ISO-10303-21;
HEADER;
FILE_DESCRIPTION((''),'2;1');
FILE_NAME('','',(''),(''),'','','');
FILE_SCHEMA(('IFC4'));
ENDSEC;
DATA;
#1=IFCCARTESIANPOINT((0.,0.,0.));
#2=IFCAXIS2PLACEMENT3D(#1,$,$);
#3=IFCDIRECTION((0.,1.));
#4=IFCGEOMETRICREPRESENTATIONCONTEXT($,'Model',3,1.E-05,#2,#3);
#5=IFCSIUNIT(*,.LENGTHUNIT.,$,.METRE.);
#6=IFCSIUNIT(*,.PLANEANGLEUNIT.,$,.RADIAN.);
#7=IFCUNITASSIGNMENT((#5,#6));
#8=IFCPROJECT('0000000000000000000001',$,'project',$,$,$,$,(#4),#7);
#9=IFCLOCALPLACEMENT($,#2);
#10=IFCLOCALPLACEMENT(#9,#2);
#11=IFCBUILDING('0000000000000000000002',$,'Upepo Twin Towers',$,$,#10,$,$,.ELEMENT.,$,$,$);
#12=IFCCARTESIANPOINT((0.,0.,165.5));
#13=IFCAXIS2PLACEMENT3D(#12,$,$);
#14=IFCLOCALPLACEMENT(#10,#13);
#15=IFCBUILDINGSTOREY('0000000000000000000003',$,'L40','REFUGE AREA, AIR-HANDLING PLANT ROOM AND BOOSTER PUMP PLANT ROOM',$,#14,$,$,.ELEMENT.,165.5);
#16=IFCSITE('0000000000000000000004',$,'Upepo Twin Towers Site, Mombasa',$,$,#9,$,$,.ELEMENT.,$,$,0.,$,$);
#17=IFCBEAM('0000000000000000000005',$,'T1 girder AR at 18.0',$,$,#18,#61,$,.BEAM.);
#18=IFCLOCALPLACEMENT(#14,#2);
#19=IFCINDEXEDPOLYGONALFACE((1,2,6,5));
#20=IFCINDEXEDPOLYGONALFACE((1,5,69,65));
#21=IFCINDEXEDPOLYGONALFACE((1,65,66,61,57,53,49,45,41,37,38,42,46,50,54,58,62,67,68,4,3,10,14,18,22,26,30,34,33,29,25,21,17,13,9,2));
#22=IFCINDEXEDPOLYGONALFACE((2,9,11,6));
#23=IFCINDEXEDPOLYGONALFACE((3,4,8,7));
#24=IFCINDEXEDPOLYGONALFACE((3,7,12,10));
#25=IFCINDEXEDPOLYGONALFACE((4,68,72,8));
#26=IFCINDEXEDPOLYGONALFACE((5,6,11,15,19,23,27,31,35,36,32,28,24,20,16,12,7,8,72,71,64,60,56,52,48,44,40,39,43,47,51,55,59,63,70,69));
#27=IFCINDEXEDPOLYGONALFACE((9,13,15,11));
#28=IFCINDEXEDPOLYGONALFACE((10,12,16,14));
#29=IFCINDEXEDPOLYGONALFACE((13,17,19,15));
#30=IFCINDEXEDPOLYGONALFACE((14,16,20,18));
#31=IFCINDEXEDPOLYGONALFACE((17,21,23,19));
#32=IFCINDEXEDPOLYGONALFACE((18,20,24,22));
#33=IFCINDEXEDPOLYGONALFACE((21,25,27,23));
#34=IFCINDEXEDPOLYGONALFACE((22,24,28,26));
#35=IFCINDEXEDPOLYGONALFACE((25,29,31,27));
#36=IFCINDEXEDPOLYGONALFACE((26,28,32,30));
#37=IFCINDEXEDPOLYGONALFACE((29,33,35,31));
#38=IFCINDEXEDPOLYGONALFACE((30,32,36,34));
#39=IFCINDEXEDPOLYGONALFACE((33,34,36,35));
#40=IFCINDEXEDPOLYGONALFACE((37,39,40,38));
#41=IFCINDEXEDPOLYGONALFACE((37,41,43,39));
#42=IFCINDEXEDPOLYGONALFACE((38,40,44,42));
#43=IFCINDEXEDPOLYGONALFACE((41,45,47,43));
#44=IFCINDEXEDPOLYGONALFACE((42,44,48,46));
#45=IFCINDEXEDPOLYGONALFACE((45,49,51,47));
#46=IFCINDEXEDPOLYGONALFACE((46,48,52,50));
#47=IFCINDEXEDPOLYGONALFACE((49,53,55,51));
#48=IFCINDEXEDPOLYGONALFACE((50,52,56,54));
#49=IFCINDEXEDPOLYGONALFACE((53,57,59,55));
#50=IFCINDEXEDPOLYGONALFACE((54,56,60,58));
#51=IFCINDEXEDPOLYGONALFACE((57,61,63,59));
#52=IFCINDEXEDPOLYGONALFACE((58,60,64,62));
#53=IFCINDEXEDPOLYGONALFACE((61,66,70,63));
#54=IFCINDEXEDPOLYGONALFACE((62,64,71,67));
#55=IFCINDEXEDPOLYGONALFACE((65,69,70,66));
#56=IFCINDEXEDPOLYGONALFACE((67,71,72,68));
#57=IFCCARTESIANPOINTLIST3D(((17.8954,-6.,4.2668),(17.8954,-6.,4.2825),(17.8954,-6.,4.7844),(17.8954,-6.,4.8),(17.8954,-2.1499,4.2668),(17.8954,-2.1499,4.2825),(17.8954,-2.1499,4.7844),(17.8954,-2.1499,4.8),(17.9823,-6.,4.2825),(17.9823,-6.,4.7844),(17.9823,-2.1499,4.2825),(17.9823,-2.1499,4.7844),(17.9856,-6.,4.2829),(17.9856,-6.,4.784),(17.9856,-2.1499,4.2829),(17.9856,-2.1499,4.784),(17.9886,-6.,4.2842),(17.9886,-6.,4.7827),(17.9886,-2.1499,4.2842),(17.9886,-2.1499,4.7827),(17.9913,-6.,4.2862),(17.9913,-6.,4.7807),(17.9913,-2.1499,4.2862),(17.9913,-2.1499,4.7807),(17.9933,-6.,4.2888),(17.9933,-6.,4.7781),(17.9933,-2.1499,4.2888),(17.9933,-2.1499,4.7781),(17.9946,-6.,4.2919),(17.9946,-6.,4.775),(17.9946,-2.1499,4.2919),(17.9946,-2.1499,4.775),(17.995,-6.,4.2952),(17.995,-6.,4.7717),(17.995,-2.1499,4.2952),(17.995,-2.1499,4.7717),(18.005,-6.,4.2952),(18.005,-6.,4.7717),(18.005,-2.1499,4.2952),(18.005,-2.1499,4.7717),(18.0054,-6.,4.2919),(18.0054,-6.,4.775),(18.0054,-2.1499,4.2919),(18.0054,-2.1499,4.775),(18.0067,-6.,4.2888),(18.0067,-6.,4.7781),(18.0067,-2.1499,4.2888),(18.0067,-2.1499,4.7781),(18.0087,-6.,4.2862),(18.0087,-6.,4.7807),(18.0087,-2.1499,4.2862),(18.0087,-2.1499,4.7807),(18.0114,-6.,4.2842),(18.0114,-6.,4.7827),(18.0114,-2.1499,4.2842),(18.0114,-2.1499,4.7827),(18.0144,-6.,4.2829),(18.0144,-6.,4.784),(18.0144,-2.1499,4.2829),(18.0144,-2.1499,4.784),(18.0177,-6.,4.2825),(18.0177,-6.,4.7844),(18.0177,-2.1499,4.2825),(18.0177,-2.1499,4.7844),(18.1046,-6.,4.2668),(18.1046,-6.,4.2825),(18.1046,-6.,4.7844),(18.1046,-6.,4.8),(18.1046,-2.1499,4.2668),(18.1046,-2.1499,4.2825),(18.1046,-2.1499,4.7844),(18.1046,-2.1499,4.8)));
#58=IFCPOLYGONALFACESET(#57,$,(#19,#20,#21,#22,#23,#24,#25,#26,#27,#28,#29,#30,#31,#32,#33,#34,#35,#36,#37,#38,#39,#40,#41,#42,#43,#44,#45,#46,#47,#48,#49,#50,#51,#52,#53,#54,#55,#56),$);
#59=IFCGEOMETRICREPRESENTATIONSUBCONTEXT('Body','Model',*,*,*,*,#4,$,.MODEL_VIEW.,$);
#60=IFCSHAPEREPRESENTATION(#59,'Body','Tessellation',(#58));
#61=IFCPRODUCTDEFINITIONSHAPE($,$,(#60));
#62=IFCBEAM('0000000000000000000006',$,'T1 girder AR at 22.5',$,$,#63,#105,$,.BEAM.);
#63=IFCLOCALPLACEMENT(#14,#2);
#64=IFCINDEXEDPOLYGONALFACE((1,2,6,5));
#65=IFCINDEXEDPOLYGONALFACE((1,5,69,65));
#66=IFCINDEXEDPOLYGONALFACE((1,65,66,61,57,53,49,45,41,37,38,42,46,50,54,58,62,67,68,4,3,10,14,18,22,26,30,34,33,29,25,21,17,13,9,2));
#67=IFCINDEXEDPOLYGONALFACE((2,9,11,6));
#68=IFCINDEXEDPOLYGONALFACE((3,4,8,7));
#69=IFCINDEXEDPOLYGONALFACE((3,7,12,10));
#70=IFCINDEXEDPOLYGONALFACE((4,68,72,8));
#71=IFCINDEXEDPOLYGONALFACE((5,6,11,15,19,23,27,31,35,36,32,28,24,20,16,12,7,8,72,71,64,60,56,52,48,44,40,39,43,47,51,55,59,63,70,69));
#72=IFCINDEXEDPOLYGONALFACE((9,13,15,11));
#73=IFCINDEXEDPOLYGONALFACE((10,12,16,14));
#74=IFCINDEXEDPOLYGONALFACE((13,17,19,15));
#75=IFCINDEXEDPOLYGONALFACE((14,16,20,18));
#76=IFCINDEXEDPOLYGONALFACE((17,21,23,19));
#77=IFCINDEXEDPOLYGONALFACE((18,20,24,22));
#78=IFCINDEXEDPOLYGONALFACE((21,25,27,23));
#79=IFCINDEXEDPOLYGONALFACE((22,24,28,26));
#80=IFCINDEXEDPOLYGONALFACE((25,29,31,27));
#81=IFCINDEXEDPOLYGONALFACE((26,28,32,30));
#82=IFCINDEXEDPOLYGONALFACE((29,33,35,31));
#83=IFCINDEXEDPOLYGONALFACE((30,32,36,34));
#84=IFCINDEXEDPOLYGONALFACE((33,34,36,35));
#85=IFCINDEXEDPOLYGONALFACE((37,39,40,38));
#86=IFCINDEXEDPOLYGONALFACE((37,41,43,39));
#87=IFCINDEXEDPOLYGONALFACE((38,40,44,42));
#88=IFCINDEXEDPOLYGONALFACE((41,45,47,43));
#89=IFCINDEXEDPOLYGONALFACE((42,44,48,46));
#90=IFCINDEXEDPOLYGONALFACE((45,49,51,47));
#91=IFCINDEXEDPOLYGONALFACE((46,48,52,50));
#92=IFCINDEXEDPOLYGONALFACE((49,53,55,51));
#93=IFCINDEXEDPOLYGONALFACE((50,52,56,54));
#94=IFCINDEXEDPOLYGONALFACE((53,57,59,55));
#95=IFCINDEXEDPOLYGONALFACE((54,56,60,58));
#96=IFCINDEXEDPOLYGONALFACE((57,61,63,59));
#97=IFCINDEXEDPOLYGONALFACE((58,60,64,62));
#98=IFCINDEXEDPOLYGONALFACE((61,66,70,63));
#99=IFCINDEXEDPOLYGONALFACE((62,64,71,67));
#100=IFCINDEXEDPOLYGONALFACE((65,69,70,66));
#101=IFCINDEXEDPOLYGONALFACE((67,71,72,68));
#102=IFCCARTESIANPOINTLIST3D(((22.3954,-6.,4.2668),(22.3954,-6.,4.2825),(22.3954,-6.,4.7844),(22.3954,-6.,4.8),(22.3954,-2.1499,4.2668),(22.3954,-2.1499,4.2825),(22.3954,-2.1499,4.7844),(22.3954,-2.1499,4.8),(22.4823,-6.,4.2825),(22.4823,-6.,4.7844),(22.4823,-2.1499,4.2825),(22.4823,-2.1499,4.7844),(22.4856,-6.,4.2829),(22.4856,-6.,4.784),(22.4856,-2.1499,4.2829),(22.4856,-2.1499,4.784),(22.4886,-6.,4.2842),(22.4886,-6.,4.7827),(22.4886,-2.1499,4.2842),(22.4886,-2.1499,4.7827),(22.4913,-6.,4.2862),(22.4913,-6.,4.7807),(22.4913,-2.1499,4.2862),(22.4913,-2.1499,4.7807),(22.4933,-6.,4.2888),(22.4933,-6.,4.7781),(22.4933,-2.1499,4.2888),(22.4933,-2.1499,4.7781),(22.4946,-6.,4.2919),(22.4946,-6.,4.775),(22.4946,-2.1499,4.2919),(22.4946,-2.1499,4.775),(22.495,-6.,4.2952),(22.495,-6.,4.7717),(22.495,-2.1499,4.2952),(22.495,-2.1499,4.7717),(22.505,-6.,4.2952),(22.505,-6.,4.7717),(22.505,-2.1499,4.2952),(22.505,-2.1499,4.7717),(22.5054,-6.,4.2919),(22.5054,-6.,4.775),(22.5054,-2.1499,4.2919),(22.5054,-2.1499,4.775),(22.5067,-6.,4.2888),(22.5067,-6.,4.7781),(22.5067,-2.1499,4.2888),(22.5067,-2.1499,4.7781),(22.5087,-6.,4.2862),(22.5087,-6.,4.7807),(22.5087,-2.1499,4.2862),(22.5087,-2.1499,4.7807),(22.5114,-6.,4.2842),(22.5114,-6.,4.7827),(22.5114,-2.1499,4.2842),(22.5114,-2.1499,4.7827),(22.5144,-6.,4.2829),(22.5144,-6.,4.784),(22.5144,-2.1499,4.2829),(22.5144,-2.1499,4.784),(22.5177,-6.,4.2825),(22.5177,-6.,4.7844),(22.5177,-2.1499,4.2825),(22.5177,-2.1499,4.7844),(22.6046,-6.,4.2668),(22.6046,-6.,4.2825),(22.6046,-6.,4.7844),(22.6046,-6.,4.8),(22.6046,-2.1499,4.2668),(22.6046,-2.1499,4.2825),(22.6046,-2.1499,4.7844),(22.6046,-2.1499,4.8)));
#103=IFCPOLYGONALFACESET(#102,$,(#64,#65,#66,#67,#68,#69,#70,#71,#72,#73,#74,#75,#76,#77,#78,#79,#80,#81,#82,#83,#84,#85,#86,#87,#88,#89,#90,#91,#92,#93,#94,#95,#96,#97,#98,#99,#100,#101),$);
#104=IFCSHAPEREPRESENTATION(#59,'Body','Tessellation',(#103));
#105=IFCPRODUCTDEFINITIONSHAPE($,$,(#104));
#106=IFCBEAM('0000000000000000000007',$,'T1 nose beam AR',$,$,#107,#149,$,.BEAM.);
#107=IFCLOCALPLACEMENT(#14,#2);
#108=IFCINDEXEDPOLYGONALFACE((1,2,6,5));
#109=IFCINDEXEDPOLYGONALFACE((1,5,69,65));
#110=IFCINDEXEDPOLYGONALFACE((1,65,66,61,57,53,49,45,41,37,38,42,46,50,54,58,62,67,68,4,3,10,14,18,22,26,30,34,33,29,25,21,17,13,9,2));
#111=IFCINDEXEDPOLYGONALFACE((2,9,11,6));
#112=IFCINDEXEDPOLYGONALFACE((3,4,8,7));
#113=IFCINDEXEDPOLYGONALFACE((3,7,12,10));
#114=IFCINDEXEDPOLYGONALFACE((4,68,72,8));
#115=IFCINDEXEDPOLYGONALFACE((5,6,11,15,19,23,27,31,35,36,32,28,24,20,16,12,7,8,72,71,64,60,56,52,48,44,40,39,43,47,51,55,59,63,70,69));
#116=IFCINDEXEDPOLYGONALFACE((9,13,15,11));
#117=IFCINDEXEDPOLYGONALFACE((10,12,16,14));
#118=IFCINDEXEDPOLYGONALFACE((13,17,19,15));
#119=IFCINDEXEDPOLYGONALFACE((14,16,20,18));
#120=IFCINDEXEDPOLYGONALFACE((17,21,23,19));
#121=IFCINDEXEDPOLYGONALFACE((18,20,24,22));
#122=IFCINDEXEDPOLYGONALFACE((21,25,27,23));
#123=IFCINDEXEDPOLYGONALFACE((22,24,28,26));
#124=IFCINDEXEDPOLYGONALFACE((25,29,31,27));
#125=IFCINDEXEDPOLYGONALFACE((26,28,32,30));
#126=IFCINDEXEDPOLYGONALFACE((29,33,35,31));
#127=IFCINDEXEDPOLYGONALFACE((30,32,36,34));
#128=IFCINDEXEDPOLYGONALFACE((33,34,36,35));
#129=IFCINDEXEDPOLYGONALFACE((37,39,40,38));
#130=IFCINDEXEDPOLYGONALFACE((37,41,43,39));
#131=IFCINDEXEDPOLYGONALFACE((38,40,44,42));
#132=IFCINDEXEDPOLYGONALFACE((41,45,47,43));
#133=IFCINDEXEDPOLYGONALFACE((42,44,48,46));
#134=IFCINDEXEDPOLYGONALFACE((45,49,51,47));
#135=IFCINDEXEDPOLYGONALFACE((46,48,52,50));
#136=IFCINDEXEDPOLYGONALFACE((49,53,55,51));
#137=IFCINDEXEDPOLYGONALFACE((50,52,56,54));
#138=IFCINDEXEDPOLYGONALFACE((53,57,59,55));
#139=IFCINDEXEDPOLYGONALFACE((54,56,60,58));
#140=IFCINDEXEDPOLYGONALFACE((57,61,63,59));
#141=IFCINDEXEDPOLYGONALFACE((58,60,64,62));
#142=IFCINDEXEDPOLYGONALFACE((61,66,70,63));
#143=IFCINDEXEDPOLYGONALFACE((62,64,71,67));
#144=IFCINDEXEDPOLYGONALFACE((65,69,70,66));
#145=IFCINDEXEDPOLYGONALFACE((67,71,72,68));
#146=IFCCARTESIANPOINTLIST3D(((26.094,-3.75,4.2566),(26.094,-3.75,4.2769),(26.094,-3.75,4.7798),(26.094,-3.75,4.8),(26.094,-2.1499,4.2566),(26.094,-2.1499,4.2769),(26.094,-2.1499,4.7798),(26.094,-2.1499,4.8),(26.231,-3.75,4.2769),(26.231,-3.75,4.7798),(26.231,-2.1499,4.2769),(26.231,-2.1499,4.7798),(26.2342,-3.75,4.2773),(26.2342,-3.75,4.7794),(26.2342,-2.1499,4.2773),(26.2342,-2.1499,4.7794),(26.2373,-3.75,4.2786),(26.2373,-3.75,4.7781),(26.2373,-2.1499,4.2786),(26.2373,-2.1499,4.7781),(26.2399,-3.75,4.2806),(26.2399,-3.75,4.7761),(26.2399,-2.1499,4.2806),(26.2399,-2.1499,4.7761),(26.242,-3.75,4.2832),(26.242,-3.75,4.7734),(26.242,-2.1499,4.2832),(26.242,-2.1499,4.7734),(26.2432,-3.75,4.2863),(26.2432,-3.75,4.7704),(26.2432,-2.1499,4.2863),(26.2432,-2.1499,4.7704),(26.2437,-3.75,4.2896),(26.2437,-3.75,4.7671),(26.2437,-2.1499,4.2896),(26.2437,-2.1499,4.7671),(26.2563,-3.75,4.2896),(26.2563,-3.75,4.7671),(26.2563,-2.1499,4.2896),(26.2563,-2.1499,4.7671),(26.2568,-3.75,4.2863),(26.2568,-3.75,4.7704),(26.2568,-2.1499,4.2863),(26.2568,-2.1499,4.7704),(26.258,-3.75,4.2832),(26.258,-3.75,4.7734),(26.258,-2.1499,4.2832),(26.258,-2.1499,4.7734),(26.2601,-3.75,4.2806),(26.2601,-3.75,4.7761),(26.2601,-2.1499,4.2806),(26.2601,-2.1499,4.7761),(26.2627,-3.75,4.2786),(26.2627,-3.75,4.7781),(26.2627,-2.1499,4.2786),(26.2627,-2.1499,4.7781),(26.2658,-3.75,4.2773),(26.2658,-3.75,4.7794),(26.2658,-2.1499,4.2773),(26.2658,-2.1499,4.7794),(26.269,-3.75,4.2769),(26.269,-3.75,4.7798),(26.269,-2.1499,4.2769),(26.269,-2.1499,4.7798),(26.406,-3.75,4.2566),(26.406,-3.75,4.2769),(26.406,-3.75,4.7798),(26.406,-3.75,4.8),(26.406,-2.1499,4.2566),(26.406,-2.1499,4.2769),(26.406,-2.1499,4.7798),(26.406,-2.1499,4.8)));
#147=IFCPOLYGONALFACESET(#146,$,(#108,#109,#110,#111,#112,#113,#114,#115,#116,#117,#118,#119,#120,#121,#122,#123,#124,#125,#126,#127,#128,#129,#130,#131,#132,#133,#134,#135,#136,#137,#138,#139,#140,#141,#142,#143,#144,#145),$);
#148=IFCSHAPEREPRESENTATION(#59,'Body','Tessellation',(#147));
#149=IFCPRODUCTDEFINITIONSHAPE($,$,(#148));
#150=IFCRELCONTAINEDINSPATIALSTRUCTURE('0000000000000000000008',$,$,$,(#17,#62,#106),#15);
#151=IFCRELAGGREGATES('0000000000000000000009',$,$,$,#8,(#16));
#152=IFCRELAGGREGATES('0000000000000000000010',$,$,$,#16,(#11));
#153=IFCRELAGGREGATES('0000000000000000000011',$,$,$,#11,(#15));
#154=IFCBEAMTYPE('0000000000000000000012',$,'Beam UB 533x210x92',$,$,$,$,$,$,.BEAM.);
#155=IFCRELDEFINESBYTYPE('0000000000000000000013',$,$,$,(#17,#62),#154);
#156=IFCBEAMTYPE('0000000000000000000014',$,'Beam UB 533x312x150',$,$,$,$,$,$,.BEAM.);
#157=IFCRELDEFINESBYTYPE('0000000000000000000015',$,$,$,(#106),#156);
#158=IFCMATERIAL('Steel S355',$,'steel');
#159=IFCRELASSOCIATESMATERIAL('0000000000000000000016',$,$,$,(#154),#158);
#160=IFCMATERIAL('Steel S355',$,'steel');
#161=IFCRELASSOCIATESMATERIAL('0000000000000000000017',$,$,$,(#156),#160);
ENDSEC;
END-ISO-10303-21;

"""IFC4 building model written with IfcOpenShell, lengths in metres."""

from ifc_helpers import new_model, si_unit, direction, frame, origin, origin_2d, place, context, subcontext, project, spatial, i_section, extrude, material, material_profile, profile_set, type_object, element, save


model = new_model("IFC4")

# Units and contexts
model_context = context("Model", 3, precision=1e-05, world=origin(), true_north=direction((0.0, 1.0)))
body_context = subcontext(model_context, "Body", "Model", "MODEL_VIEW")
ifc_project = project(units=[si_unit("LENGTHUNIT", "METRE"), si_unit("PLANEANGLEUNIT", "RADIAN")], contexts=[model_context])

# Site, building, storey
site_placement = place(None, origin())
site = spatial("IfcSite", under=ifc_project, at=site_placement, Name="Upepo Twin Towers Site, Mombasa", CompositionType="ELEMENT", RefElevation=0.0)
building_placement = place(site_placement, origin())
building = spatial("IfcBuilding", under=site, at=building_placement, Name="Upepo Twin Towers", CompositionType="ELEMENT")
storey_placement = place(building_placement, frame((0.0, 0.0, 165.5)))
storey = spatial("IfcBuildingStorey", under=building, at=storey_placement, Name="L40", Description="REFUGE AREA, AIR-HANDLING PLANT ROOM AND BOOSTER PUMP PLANT ROOM", CompositionType="ELEMENT", Elevation=165.5)

# Beams
ifc_material_1 = material(Name="Steel S355", Category="steel")
ifc_material_profile_1 = material_profile(ifc_material_1, i_section(OverallWidth=0.2092, OverallDepth=0.5332, WebThickness=0.01, FlangeThickness=0.0156, FilletRadius=0.0127, at=origin_2d()), Name="UB 533x210x92")
ifc_profile_set_1 = profile_set([ifc_material_profile_1], Name="Steel S355")
beam_type_1 = type_object("IfcBeamType", Name="Beam UB 533x210x92", PredefinedType="BEAM", material=ifc_profile_set_1)
for number, where, z_axis, x_axis, name in (
    (1, (18.0, -6.0, 4.5334), (0.0, 1.0, 0.0), (-1.0, 0.0, 0.0), "T1 girder AR at 18.0"),
    (2, (22.5, -6.0, 4.5334), (0.0, 1.0, 0.0), (-1.0, 0.0, 0.0), "T1 girder AR at 22.5"),
):
    element("IfcBeam", number, at=place(storey_placement, frame(where, z_axis=z_axis, x_axis=x_axis)), inside=storey, type_object=beam_type_1, Name=name, PredefinedType="BEAM", context=body_context, shape_type="SweptSolid", body=[
        extrude(i_section(OverallWidth=0.2092, OverallDepth=0.5332, WebThickness=0.01, FlangeThickness=0.0156, FilletRadius=0.0127, at=origin_2d()), origin(), (0.0, 0.0, 1.0), 3.8501),
    ])
ifc_material_2 = material(Name="Steel S355", Category="steel")
ifc_material_profile_2 = material_profile(ifc_material_2, i_section(OverallWidth=0.312, OverallDepth=0.5435, WebThickness=0.0127, FlangeThickness=0.0203, FilletRadius=0.0127, at=origin_2d()), Name="UB 533x312x150")
ifc_profile_set_2 = profile_set([ifc_material_profile_2], Name="Steel S355")
beam_type_2 = type_object("IfcBeamType", Name="Beam UB 533x312x150", PredefinedType="BEAM", material=ifc_profile_set_2)
beam_1_placement = place(storey_placement, frame((26.25, -3.75, 4.5283), z_axis=(0.0, 1.0, 0.0), x_axis=(-1.0, 0.0, 0.0)))
element("IfcBeam", 3, at=beam_1_placement, inside=storey, type_object=beam_type_2, Name="T1 nose beam AR", PredefinedType="BEAM", context=body_context, shape_type="SweptSolid", body=[
    extrude(i_section(OverallWidth=0.312, OverallDepth=0.5435, WebThickness=0.0127, FlangeThickness=0.0203, FilletRadius=0.0127, at=origin_2d()), origin(), (0.0, 0.0, 1.0), 1.6001),
])

save(model, "model.ifc")
